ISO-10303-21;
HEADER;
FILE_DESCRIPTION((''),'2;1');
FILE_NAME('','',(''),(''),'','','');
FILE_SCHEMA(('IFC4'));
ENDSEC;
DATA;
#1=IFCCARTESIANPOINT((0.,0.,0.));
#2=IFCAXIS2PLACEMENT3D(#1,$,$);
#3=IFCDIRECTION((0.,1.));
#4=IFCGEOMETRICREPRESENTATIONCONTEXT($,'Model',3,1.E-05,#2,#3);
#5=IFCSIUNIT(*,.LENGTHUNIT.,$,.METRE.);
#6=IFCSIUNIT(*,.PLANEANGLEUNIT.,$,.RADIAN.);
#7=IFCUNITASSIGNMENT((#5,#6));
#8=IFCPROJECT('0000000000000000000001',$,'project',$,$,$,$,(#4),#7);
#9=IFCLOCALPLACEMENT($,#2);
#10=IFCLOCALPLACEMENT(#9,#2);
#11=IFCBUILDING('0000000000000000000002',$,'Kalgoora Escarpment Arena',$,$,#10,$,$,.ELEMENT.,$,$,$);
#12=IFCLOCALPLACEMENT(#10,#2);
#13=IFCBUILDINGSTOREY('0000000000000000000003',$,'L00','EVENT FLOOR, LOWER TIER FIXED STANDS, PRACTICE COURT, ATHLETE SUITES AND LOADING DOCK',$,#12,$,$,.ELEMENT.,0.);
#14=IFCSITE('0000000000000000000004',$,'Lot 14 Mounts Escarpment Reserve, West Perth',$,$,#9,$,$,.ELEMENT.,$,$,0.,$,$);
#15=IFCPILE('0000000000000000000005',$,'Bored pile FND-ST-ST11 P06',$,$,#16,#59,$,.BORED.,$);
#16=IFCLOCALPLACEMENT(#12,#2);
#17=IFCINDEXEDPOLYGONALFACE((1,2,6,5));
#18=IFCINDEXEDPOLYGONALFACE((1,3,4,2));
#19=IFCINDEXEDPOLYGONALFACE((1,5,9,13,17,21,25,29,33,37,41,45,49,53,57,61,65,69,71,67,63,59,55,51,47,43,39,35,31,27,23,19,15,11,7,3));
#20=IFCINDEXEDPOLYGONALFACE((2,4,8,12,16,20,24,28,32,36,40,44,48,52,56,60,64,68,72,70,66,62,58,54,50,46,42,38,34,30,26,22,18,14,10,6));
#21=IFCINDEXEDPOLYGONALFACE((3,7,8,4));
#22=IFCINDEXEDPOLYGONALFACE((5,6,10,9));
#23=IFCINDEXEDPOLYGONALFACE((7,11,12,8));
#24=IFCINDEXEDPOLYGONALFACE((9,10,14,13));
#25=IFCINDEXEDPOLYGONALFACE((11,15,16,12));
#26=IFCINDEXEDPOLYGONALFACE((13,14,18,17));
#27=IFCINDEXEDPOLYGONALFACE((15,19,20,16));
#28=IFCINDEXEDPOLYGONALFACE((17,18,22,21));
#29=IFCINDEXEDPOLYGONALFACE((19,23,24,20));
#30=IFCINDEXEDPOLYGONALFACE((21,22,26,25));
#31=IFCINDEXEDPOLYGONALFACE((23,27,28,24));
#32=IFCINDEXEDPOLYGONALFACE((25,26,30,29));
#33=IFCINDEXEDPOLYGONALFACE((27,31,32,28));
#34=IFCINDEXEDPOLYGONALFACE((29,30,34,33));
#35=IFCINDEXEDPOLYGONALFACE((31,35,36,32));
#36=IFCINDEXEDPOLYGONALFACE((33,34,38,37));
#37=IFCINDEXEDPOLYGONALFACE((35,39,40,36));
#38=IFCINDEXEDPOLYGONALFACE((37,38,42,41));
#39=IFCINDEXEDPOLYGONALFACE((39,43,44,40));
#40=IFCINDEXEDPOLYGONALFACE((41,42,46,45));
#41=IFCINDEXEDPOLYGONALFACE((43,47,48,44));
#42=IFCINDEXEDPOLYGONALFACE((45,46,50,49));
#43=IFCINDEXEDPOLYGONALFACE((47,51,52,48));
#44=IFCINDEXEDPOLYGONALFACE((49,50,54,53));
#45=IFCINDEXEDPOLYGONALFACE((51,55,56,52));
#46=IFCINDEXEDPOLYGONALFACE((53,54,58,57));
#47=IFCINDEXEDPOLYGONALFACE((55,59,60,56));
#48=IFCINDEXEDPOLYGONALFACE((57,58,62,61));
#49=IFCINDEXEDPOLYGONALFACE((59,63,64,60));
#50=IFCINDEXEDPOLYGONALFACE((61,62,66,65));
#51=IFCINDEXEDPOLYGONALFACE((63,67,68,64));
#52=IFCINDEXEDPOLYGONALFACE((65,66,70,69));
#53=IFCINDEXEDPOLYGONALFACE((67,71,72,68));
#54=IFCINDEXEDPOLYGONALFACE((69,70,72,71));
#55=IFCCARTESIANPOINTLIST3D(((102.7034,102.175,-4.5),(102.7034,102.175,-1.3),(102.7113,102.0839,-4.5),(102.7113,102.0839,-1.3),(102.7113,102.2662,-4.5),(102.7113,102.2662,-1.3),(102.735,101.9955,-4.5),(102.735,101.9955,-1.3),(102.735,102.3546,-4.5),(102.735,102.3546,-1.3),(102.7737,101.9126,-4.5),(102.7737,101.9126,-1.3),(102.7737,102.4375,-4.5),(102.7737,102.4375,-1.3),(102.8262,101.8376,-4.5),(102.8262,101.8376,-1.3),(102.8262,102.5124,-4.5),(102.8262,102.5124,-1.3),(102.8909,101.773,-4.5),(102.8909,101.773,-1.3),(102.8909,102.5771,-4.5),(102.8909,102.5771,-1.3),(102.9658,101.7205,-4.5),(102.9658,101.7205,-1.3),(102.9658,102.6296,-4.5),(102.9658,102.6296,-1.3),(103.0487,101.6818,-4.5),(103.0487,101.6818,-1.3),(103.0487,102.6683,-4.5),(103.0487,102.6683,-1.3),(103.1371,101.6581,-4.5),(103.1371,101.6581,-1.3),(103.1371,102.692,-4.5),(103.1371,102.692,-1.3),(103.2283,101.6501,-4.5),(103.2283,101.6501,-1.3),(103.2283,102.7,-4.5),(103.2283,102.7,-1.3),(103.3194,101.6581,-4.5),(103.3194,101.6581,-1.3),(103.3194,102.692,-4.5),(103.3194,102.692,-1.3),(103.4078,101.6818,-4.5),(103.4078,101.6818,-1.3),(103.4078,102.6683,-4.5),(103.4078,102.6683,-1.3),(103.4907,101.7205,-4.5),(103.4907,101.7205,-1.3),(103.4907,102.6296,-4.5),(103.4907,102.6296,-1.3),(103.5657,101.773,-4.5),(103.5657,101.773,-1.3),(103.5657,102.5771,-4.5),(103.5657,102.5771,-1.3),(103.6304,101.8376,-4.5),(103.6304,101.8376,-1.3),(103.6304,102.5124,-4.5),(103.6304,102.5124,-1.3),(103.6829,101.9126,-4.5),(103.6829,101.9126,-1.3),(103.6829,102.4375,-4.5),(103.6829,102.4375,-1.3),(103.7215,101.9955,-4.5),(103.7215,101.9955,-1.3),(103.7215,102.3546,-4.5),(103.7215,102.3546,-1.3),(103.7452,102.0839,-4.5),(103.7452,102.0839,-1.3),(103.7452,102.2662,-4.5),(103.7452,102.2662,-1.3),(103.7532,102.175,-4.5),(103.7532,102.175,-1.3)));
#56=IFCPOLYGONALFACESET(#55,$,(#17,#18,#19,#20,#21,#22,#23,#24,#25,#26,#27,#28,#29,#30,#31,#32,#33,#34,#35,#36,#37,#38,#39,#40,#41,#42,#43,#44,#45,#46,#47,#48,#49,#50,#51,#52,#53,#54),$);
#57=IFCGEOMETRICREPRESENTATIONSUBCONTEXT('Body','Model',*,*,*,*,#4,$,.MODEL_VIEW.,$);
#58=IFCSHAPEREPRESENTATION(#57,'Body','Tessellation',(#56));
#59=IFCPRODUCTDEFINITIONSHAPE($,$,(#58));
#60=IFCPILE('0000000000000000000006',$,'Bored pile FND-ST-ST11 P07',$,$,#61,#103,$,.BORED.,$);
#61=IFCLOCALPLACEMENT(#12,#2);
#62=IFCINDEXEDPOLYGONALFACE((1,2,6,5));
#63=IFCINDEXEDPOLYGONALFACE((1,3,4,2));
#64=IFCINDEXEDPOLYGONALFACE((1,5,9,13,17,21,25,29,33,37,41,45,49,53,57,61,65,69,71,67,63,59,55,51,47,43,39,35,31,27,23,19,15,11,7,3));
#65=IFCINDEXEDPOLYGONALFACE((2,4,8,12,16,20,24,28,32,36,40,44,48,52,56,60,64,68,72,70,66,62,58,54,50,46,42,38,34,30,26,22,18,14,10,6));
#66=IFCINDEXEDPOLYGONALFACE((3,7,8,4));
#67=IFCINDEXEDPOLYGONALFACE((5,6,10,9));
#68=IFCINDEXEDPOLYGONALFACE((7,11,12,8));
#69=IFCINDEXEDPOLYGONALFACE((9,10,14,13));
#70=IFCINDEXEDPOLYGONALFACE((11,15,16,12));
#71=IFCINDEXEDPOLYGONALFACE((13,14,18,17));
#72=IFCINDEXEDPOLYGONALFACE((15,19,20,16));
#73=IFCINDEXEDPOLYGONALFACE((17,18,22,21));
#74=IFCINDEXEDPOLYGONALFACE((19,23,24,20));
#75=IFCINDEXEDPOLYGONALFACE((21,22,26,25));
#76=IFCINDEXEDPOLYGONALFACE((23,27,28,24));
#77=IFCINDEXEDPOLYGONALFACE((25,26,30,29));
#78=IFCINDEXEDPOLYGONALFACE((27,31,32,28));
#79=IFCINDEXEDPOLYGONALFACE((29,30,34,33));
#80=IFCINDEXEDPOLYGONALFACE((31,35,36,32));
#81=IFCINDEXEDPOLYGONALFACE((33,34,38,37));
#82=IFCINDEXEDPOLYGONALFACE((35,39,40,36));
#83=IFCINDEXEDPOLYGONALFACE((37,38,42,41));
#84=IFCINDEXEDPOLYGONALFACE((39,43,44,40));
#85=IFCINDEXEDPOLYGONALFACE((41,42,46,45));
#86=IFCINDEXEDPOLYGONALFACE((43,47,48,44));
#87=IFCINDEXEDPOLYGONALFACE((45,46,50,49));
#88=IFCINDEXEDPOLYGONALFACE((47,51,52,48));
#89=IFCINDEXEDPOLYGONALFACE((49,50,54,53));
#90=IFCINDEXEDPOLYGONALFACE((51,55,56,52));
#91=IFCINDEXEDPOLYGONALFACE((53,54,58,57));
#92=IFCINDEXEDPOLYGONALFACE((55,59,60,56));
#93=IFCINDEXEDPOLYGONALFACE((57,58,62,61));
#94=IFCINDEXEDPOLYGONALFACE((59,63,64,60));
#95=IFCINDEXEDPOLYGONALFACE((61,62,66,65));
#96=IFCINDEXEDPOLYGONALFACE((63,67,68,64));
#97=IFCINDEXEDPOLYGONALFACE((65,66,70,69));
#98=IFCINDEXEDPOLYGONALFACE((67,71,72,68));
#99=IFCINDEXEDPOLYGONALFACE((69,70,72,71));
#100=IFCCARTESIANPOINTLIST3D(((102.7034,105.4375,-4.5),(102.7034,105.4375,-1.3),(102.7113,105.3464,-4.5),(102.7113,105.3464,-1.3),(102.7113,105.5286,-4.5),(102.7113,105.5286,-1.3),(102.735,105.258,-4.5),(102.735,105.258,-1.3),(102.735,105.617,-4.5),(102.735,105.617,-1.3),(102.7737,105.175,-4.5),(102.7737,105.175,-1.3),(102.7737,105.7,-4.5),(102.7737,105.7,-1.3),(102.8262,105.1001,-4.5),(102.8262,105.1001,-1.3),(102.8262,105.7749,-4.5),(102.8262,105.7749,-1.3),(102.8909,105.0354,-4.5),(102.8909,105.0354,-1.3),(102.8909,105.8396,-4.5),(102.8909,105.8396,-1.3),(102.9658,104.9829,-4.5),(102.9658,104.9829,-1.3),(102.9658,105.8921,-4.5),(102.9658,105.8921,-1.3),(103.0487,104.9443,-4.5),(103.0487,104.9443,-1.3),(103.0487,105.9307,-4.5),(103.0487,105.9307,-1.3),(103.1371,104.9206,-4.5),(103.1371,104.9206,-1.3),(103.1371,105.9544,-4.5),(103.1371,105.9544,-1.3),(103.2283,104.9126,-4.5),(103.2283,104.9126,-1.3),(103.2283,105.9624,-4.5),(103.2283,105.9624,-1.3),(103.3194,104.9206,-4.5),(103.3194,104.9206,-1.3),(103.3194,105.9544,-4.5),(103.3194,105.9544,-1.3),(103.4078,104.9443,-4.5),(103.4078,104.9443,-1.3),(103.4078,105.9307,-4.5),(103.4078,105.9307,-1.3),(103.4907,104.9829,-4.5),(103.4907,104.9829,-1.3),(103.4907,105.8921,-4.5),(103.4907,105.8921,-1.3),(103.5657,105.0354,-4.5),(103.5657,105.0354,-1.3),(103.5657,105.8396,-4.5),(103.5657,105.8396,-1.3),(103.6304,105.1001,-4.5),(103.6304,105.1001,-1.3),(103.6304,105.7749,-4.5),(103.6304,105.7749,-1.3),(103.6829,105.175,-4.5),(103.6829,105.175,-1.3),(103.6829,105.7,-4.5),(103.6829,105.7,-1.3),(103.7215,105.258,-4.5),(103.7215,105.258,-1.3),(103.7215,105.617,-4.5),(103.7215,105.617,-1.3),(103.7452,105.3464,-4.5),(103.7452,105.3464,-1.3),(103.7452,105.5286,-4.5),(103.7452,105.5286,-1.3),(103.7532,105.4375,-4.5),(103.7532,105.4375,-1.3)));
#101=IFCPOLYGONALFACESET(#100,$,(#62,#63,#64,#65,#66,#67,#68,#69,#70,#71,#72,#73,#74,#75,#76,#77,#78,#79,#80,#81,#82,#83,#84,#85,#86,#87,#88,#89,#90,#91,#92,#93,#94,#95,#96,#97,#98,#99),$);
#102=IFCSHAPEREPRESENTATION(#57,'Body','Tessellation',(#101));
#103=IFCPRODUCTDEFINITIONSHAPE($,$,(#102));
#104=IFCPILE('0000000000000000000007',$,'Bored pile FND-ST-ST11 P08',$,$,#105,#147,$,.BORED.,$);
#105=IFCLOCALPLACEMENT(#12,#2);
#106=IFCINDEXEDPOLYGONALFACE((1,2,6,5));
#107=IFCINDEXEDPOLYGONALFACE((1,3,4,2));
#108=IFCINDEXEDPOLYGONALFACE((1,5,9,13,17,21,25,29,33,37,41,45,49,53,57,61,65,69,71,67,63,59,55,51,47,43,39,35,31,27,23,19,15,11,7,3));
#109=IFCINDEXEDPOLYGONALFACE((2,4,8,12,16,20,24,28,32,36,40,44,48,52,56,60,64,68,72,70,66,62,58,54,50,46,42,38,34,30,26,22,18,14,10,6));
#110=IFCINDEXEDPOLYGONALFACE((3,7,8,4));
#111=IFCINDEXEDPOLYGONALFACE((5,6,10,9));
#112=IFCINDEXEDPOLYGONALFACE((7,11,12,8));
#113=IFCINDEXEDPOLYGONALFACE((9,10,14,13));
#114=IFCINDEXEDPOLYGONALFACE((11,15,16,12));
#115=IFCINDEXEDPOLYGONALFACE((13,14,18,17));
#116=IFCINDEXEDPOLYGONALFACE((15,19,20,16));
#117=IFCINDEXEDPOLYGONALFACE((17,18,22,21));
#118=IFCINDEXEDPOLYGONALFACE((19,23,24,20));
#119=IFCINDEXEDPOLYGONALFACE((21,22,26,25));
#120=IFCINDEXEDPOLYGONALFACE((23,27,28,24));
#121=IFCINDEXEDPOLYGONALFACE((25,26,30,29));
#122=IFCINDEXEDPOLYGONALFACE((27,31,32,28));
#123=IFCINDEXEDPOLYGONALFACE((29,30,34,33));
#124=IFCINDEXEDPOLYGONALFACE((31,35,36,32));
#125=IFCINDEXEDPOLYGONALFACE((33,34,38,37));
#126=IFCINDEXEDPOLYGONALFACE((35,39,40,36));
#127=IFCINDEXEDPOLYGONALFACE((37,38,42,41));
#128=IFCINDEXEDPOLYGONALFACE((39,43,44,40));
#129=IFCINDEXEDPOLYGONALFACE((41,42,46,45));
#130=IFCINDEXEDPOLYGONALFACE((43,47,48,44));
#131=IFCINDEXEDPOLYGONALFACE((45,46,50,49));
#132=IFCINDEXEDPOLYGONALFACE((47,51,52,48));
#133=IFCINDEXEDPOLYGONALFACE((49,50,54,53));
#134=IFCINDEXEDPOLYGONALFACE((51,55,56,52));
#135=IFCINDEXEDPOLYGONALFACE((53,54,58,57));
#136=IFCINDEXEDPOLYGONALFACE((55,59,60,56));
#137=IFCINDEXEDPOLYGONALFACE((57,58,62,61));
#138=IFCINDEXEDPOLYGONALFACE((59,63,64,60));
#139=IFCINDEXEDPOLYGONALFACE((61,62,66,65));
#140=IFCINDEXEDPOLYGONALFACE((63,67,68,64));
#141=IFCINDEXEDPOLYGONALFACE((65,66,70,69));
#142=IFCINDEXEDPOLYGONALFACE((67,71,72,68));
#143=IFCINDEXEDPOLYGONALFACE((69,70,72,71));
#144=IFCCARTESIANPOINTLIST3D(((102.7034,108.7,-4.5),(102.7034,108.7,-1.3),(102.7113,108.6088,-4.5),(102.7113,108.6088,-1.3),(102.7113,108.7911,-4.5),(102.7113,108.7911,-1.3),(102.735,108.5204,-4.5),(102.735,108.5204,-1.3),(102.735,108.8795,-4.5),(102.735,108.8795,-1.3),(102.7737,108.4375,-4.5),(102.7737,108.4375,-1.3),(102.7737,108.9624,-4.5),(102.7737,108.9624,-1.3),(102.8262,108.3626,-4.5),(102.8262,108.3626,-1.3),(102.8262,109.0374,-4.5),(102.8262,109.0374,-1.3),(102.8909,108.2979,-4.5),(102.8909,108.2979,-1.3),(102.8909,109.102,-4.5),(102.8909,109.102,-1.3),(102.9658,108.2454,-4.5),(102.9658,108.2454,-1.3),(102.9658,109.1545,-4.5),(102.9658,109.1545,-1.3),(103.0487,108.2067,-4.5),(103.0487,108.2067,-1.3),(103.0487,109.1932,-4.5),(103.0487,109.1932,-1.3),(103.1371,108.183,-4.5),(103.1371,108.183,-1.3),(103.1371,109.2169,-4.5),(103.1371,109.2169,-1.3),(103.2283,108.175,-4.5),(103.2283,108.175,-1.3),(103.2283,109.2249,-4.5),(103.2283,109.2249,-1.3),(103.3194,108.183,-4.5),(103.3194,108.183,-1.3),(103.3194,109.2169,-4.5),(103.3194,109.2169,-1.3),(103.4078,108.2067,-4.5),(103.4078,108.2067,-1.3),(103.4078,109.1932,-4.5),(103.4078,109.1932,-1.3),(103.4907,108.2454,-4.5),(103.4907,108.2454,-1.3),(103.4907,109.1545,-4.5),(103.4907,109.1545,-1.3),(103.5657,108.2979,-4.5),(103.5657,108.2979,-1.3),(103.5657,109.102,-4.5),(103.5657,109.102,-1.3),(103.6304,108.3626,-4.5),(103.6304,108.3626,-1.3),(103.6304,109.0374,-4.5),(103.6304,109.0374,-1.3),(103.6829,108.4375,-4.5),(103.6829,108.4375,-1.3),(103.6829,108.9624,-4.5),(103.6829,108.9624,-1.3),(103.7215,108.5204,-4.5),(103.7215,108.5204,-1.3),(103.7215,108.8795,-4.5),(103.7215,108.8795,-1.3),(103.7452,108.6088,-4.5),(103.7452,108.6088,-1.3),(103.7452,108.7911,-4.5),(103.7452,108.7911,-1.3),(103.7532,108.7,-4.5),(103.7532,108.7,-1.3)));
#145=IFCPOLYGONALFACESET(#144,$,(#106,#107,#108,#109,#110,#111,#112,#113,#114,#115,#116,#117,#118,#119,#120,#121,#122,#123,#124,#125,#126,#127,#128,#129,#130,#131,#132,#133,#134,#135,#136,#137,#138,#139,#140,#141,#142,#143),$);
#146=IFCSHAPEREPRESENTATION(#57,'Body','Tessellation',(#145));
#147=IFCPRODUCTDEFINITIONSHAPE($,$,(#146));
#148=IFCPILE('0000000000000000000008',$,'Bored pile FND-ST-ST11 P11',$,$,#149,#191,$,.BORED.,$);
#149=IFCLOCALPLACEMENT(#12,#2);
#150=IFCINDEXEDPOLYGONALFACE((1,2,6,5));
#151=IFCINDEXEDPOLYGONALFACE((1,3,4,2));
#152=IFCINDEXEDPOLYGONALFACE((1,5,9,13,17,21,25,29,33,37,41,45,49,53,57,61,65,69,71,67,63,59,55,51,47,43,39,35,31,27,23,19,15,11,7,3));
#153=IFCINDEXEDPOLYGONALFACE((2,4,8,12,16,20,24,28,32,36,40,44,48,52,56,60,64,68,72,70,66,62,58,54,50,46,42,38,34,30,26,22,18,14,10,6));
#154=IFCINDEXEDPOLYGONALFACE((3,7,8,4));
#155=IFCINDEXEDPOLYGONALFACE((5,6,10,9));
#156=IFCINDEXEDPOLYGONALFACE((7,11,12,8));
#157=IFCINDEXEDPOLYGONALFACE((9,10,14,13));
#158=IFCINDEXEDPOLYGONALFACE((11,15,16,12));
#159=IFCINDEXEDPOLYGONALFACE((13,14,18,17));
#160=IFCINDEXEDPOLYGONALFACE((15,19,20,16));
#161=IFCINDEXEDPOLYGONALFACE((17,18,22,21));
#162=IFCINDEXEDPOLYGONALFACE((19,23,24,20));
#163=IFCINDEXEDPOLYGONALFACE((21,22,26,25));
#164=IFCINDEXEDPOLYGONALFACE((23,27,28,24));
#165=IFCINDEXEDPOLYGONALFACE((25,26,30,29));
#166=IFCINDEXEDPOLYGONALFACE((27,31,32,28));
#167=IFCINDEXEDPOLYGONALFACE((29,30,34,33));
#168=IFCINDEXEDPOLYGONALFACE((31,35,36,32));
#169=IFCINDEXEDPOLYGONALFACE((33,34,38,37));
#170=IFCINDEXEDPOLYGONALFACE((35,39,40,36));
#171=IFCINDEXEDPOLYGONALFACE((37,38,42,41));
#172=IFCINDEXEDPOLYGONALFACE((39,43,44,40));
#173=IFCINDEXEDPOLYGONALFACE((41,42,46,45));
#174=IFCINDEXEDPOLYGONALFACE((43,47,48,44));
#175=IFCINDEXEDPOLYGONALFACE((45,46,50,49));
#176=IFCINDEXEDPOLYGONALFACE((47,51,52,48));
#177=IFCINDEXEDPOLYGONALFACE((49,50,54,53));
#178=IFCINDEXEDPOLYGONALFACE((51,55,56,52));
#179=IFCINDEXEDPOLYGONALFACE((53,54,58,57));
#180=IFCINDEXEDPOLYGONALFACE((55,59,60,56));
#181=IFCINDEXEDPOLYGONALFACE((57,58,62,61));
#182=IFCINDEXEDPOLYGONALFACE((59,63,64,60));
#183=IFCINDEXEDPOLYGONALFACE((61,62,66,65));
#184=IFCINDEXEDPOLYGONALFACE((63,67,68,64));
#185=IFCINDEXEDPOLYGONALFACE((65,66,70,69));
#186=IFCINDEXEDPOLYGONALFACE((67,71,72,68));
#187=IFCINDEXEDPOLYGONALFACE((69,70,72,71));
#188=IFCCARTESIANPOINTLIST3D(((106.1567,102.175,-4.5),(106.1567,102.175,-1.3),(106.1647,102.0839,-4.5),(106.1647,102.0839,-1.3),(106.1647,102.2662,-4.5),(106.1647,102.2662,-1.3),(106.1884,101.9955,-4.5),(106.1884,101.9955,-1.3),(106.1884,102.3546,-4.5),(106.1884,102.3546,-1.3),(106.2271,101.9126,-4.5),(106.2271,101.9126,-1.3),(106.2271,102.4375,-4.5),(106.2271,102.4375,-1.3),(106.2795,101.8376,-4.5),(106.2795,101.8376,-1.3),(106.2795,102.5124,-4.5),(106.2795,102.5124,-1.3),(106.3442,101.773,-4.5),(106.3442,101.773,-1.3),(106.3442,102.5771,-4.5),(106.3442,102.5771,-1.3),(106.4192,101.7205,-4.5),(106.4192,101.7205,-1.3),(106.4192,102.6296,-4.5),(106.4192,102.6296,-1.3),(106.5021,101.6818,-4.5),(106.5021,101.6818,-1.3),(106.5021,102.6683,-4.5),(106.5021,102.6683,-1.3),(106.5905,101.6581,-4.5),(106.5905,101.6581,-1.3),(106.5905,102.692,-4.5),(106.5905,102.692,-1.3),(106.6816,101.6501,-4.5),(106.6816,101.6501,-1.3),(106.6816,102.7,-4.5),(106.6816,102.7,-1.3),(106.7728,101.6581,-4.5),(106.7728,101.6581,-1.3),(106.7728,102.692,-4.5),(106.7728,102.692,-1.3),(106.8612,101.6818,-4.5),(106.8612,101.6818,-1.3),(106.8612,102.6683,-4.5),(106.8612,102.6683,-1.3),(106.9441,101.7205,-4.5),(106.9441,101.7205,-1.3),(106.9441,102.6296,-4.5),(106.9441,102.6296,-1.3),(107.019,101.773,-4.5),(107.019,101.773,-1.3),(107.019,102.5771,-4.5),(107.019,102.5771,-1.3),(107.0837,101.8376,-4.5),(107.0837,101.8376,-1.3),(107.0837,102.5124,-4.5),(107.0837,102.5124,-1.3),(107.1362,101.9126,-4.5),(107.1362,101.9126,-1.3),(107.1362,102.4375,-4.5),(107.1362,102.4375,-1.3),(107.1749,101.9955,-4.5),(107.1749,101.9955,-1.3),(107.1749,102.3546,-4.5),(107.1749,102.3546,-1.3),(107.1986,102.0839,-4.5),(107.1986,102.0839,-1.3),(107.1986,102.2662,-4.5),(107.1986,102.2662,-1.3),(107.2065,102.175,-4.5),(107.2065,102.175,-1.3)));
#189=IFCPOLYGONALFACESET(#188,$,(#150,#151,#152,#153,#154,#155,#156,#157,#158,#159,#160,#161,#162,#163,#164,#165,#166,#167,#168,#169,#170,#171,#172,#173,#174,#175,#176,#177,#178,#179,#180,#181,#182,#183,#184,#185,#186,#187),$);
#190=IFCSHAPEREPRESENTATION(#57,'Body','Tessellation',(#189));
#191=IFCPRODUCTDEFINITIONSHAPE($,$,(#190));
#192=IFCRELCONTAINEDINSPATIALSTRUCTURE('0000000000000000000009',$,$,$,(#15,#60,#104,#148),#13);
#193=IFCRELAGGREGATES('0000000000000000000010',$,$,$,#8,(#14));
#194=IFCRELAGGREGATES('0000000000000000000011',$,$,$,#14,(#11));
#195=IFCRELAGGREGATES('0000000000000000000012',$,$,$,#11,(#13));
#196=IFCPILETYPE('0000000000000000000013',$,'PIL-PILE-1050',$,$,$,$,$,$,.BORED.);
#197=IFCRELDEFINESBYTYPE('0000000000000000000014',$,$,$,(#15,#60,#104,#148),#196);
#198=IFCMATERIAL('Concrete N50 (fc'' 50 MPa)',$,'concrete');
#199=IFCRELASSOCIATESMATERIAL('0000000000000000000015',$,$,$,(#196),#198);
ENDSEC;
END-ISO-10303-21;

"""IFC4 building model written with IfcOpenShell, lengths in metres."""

from ifc_helpers import new_model, si_unit, direction, frame, origin, origin_2d, place, context, subcontext, project, spatial, circle, extrude, material, material_profile, profile_set, type_object, element, save


model = new_model("IFC4")

# Units and contexts
model_context = context("Model", 3, precision=1e-05, world=origin(), true_north=direction((0.0, 1.0)))
body_context = subcontext(model_context, "Body", "Model", "MODEL_VIEW")
ifc_project = project(units=[si_unit("LENGTHUNIT", "METRE"), si_unit("PLANEANGLEUNIT", "RADIAN")], contexts=[model_context])

# Site, building, storey
site_placement = place(None, origin())
site = spatial("IfcSite", under=ifc_project, at=site_placement, Name="Lot 14 Mounts Escarpment Reserve, West Perth", CompositionType="ELEMENT", RefElevation=0.0)
building_placement = place(site_placement, origin())
building = spatial("IfcBuilding", under=site, at=building_placement, Name="Kalgoora Escarpment Arena", CompositionType="ELEMENT")
storey_placement = place(building_placement, origin())
storey = spatial("IfcBuildingStorey", under=building, at=storey_placement, Name="L00", Description="EVENT FLOOR, LOWER TIER FIXED STANDS, PRACTICE COURT, ATHLETE SUITES AND LOADING DOCK", CompositionType="ELEMENT", Elevation=0.0)

# Piles
ifc_material_1 = material(Name="Concrete N50 (fc' 50 MPa)", Category="concrete")
ifc_material_profile_1 = material_profile(ifc_material_1, circle(Radius=0.5249, at=origin_2d()))
ifc_profile_set_1 = profile_set([ifc_material_profile_1], Name="Concrete N50 (fc' 50 MPa)")
pile_type_1 = type_object("IfcPileType", Name="PIL-PILE-1050", PredefinedType="BORED", material=ifc_profile_set_1)
for number, where, z_axis, x_axis, name in (
    (1, (103.2283, 102.175, -1.3), (0.0, 0.0, -1.0), (1.0, 0.0, 0.0), "Bored pile FND-ST-ST11 P06"),
    (2, (103.2283, 105.4375, -1.3), (0.0, 0.0, -1.0), (1.0, 0.0, 0.0), "Bored pile FND-ST-ST11 P07"),
    (3, (103.2283, 108.7, -1.3), (0.0, 0.0, -1.0), (1.0, 0.0, 0.0), "Bored pile FND-ST-ST11 P08"),
    (4, (106.6816, 102.175, -1.3), (0.0, 0.0, -1.0), (1.0, 0.0, 0.0), "Bored pile FND-ST-ST11 P11"),
):
    element("IfcPile", number, at=place(storey_placement, frame(where, z_axis=z_axis, x_axis=x_axis)), inside=storey, type_object=pile_type_1, Name=name, PredefinedType="BORED", context=body_context, shape_type="SweptSolid", body=[
        extrude(circle(Radius=0.5249, at=origin_2d()), origin(), (0.0, 0.0, 1.0), 3.2),
    ])

save(model, "model.ifc")
